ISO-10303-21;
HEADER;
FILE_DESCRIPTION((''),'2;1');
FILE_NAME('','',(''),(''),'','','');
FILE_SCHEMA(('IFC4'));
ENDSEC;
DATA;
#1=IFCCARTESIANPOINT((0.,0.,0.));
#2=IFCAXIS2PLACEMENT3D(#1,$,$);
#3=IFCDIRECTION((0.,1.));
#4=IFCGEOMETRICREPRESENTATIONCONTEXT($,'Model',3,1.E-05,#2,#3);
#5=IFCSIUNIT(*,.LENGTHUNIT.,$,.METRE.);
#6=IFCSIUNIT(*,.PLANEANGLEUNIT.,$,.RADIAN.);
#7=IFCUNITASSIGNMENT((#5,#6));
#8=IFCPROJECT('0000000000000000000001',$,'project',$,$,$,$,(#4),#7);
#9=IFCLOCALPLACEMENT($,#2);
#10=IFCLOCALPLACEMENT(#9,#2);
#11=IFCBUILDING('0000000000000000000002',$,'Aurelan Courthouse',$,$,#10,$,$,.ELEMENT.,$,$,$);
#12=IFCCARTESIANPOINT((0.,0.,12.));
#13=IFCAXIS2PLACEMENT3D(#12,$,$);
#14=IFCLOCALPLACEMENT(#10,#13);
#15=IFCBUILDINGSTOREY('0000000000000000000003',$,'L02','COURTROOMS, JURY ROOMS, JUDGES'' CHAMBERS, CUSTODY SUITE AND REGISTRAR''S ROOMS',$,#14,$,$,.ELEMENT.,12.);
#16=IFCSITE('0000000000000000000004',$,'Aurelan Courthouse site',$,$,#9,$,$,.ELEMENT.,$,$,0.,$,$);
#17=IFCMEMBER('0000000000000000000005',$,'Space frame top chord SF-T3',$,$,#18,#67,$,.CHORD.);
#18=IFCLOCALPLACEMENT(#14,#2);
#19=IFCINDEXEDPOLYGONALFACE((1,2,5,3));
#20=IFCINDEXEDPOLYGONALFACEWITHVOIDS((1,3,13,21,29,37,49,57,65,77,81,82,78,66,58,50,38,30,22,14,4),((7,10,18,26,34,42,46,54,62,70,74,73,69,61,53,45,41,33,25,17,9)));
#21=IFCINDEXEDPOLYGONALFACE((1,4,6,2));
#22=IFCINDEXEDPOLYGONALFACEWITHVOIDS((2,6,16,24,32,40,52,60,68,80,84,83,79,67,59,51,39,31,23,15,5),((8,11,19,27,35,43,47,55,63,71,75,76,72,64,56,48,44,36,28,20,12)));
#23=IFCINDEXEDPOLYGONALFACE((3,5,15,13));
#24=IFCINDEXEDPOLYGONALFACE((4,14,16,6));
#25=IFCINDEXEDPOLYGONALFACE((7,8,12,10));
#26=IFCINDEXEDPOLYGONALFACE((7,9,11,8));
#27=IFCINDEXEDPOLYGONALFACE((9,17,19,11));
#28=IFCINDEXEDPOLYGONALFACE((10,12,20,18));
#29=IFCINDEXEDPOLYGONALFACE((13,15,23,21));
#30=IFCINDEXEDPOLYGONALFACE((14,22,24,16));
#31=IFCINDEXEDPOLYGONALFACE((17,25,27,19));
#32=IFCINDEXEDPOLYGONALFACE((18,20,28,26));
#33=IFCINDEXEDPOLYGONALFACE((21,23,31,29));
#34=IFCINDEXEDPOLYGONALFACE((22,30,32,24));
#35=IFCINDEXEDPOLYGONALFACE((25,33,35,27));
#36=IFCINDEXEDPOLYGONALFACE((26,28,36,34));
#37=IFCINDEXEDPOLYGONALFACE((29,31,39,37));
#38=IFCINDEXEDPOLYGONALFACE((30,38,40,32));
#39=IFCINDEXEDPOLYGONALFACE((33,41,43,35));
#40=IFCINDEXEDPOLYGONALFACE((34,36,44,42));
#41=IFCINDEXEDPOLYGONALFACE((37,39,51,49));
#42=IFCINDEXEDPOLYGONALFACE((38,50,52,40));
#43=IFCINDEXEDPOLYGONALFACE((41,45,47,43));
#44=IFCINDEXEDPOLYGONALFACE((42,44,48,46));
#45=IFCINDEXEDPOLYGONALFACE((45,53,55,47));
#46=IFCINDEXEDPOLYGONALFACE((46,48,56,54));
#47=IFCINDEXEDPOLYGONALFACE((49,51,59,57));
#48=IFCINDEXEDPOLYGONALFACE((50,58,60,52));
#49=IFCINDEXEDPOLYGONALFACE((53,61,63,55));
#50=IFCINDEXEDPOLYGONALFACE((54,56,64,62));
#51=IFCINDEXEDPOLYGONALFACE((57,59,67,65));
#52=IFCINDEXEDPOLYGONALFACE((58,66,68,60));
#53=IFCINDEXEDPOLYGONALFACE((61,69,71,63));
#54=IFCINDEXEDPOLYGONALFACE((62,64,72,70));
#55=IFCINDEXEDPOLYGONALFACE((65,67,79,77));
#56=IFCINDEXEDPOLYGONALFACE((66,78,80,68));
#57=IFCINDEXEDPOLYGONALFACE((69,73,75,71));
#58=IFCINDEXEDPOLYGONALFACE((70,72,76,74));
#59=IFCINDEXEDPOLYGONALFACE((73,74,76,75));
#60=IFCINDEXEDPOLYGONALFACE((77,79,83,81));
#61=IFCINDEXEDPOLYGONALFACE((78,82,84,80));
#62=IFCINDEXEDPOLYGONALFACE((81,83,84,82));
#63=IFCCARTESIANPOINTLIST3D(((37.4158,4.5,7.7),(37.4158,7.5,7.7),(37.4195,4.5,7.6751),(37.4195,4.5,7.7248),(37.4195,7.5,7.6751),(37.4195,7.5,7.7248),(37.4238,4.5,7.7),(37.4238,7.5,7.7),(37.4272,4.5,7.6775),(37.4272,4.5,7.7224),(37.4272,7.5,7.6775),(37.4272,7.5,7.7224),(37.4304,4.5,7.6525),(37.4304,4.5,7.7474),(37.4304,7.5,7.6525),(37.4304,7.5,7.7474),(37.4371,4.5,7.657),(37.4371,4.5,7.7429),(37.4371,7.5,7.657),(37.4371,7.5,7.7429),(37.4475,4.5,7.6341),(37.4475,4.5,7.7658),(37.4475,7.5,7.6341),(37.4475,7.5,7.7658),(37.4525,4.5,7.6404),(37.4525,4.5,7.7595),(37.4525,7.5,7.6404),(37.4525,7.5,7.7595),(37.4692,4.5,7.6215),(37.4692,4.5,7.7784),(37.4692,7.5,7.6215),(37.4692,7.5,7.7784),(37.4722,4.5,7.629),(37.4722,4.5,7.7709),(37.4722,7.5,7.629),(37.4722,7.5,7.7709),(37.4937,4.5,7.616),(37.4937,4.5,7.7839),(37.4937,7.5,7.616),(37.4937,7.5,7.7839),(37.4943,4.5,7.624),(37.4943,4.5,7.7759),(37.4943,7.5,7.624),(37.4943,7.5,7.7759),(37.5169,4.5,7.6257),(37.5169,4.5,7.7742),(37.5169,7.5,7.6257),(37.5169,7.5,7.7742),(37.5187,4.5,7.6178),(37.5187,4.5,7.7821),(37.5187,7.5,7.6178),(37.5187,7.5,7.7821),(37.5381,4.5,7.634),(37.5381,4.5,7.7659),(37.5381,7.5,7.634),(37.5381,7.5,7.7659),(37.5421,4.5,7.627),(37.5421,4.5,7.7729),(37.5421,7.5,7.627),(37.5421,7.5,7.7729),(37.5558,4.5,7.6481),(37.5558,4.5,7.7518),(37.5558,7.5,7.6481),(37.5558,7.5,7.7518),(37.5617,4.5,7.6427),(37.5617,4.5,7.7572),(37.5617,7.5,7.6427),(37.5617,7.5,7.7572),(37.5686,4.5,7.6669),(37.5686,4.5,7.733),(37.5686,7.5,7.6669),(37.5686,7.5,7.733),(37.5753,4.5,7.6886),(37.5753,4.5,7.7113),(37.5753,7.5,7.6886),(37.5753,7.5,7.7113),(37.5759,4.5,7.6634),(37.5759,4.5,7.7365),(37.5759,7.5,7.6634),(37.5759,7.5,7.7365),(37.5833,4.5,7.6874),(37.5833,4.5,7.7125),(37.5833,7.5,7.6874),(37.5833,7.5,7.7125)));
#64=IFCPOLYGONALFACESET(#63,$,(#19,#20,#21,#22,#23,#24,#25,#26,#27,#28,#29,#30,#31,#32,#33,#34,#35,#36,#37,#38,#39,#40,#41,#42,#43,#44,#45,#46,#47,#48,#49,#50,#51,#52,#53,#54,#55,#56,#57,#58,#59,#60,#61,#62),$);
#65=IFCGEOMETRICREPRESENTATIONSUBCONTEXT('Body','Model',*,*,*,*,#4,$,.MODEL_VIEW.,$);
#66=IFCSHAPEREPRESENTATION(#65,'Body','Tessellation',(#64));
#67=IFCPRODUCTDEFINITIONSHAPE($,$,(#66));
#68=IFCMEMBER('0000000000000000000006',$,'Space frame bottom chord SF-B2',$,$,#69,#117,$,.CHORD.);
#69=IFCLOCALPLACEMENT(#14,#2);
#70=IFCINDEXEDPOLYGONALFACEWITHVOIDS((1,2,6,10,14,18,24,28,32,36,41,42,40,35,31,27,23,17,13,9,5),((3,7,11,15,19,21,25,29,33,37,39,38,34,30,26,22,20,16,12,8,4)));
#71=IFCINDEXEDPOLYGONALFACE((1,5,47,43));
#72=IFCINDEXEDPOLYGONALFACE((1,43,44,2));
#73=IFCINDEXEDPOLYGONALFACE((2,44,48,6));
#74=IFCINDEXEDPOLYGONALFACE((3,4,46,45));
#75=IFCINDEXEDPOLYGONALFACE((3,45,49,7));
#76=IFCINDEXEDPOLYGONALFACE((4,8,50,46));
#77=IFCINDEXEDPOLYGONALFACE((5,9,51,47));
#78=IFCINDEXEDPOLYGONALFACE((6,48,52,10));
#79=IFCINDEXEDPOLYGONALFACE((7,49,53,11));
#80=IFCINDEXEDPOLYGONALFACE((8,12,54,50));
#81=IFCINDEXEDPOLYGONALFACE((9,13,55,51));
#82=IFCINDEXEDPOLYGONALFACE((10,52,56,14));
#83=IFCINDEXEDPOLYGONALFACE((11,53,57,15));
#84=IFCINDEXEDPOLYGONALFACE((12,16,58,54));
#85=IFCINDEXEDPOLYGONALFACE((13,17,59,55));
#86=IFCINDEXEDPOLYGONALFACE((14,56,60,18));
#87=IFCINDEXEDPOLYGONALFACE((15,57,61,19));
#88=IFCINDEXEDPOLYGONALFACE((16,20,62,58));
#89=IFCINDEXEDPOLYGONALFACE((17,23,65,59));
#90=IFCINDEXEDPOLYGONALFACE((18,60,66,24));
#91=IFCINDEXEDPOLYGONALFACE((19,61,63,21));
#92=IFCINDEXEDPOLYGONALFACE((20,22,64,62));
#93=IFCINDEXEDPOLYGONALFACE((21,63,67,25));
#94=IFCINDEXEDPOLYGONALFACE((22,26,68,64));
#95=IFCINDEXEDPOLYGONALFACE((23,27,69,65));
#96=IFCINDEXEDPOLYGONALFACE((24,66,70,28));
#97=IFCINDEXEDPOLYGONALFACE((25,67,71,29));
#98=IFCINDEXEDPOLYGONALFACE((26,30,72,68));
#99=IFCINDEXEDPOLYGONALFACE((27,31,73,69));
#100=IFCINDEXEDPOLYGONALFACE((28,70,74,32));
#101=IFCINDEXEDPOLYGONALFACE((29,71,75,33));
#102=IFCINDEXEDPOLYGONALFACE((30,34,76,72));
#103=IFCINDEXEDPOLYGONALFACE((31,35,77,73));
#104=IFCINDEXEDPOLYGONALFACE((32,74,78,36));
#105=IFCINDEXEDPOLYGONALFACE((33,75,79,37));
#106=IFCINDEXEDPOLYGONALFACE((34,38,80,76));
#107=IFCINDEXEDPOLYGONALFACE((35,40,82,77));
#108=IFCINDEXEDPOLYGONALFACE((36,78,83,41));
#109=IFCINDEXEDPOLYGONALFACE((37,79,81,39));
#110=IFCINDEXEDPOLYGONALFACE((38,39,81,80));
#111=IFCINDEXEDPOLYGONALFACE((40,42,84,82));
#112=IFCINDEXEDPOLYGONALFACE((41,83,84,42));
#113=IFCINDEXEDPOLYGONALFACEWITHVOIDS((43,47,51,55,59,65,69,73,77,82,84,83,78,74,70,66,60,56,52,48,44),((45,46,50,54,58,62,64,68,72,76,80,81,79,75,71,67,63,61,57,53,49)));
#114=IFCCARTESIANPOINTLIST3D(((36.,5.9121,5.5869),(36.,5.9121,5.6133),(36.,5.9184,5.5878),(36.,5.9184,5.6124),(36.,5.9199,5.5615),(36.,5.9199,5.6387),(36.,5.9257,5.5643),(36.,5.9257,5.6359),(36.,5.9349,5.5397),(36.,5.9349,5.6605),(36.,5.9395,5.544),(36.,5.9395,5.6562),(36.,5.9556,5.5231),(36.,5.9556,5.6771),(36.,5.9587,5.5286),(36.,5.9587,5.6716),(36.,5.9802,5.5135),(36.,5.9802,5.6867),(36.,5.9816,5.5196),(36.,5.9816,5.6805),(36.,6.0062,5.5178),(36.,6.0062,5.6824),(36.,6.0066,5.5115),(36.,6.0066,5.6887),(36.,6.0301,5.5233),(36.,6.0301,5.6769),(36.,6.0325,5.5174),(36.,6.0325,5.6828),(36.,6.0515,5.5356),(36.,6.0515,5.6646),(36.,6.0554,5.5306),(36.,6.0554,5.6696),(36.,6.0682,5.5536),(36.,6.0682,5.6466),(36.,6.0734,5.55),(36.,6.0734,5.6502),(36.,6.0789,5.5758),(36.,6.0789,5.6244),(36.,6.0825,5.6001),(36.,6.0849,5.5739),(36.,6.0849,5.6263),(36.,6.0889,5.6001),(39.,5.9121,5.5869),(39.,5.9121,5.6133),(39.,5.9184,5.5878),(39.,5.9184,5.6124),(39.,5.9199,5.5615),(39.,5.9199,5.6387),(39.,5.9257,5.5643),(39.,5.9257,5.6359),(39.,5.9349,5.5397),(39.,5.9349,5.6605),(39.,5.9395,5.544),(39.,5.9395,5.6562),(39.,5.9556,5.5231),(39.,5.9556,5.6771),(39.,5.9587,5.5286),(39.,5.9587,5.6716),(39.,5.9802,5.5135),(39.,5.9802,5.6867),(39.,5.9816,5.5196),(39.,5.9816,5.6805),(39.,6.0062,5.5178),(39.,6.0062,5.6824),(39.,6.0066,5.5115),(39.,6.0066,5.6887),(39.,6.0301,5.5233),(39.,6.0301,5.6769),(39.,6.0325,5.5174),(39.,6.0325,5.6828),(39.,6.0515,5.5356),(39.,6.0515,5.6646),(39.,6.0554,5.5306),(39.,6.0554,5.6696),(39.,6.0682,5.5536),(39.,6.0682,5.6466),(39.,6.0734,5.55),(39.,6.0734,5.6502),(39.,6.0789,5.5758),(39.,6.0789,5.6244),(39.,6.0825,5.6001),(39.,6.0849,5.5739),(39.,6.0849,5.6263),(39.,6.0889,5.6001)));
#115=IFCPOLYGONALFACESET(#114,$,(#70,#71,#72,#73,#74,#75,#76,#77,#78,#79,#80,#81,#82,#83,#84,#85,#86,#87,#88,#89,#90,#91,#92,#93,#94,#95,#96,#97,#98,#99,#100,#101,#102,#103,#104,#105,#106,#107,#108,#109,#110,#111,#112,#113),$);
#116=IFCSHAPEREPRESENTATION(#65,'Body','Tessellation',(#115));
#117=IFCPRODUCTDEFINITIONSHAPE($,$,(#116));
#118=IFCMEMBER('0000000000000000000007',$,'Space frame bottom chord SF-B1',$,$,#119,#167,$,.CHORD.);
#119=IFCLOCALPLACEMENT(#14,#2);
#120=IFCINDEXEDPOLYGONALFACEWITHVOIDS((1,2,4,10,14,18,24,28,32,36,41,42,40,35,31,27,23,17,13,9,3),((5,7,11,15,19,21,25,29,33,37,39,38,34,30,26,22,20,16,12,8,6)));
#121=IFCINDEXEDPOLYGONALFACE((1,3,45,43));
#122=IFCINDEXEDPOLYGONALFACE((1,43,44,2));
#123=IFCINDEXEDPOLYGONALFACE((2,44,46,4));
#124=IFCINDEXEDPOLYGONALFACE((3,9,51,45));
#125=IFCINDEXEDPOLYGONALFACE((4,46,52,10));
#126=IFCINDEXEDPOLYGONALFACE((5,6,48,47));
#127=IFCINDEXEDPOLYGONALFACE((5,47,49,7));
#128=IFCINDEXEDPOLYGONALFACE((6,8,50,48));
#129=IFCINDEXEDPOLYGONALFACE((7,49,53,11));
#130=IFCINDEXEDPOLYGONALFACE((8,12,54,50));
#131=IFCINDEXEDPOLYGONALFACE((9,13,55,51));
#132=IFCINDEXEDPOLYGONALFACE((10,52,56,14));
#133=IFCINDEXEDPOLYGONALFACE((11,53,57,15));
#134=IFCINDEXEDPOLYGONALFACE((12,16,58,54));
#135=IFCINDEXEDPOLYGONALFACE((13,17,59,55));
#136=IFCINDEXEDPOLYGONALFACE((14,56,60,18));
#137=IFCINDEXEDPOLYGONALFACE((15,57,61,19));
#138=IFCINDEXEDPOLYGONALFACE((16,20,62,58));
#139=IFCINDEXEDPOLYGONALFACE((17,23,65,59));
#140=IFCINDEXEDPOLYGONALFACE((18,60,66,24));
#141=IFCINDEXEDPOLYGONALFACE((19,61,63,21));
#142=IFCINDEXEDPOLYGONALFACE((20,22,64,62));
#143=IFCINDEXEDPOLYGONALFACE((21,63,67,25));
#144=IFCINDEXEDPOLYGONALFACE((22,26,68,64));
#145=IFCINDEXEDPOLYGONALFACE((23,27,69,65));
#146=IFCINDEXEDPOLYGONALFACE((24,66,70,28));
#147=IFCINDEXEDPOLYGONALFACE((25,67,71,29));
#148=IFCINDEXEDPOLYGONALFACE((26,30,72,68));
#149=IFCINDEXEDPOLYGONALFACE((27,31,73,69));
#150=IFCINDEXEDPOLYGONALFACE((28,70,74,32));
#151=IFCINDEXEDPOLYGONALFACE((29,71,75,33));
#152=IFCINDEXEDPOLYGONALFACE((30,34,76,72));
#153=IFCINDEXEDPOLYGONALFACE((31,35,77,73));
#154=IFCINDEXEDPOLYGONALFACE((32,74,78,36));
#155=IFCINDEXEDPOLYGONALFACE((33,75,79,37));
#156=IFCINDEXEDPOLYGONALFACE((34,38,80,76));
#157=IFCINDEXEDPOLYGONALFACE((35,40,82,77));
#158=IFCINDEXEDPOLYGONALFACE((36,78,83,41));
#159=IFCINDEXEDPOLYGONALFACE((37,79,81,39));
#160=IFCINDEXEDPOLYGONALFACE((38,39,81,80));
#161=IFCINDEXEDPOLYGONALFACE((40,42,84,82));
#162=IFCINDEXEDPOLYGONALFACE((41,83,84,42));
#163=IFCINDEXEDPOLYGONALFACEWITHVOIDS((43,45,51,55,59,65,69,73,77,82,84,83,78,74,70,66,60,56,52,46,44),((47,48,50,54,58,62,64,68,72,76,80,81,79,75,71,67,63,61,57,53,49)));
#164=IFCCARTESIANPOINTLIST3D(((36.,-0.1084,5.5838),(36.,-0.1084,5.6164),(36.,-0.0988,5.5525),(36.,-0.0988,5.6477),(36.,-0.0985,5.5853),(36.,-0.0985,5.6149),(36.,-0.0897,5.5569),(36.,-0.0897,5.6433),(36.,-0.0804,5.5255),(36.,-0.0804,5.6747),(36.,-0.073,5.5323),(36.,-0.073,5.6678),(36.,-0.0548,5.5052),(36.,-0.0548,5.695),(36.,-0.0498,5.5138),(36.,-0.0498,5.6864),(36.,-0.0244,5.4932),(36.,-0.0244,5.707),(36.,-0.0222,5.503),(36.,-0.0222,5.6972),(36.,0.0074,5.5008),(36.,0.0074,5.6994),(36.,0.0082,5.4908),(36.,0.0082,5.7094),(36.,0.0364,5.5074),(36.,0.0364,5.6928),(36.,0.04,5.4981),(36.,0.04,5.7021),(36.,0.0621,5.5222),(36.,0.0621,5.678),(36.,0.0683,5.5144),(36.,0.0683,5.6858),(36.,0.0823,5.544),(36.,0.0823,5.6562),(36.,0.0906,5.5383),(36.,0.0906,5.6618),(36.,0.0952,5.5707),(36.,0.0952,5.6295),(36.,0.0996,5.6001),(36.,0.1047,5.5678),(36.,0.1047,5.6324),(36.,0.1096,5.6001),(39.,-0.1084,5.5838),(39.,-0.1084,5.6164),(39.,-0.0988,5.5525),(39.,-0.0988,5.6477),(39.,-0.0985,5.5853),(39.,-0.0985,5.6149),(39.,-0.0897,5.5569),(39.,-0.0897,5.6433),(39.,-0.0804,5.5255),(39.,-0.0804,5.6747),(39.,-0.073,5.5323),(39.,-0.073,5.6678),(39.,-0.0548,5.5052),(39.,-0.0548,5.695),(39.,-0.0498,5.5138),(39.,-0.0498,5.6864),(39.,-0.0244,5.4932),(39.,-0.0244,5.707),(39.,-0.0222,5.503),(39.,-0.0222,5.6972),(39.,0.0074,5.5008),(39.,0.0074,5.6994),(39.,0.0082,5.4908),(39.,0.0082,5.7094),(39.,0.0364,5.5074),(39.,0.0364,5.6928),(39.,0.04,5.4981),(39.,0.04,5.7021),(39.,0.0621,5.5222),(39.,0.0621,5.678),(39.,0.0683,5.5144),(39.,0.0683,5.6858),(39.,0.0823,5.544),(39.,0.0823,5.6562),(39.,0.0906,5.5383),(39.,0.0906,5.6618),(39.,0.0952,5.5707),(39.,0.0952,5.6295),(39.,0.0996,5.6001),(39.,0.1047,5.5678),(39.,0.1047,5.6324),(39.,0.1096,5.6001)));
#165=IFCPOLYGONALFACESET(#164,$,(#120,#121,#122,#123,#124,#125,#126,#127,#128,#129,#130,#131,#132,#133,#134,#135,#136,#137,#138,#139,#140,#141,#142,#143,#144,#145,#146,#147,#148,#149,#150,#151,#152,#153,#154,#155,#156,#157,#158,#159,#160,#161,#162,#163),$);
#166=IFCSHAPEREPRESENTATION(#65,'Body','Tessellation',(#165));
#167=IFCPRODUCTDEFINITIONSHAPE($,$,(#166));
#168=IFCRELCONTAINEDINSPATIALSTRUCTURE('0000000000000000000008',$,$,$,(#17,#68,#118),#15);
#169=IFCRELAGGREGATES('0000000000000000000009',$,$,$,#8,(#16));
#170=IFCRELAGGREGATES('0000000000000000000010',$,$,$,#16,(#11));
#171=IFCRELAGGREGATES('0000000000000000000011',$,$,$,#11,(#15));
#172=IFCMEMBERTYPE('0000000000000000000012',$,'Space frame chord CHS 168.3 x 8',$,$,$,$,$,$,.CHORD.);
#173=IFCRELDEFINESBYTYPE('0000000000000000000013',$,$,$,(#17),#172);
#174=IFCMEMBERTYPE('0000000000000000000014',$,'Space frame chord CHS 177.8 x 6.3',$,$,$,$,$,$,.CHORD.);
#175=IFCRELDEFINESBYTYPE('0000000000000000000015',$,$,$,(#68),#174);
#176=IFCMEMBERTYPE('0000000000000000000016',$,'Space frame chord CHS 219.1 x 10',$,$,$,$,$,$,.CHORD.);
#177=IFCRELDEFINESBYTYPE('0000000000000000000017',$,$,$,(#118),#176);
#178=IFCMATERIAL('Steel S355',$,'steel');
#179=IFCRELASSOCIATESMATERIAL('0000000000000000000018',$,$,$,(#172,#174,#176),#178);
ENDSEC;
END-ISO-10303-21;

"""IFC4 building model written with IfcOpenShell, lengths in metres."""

from ifc_helpers import new_model, si_unit, direction, frame, origin, origin_2d, place, context, subcontext, project, spatial, hollow_circle, extrude, material, material_profile, profile_set, type_object, element, save


model = new_model("IFC4")

# Units and contexts
model_context = context("Model", 3, precision=1e-05, world=origin(), true_north=direction((0.0, 1.0)))
body_context = subcontext(model_context, "Body", "Model", "MODEL_VIEW")
ifc_project = project(units=[si_unit("LENGTHUNIT", "METRE"), si_unit("PLANEANGLEUNIT", "RADIAN")], contexts=[model_context])

# Site, building, storey
site_placement = place(None, origin())
site = spatial("IfcSite", under=ifc_project, at=site_placement, Name="Aurelan Courthouse site", CompositionType="ELEMENT", RefElevation=0.0)
building_placement = place(site_placement, origin())
building = spatial("IfcBuilding", under=site, at=building_placement, Name="Aurelan Courthouse", CompositionType="ELEMENT")
storey_placement = place(building_placement, frame((0.0, 0.0, 12.0)))
storey = spatial("IfcBuildingStorey", under=building, at=storey_placement, Name="L02", Description="COURTROOMS, JURY ROOMS, JUDGES' CHAMBERS, CUSTODY SUITE AND REGISTRAR'S ROOMS", CompositionType="ELEMENT", Elevation=12.0)

# Shared definitions
ifc_material_1 = material(Name="Steel S355", Category="steel")

# Members
ifc_material_profile_1 = material_profile(ifc_material_1, hollow_circle(Radius=0.0842, WallThickness=0.0081, at=origin_2d()), Name="CHS 168.3 x 8")
ifc_profile_set_1 = profile_set([ifc_material_profile_1], Name="Steel S355")
member_type_1 = type_object("IfcMemberType", Name="Space frame chord CHS 168.3 x 8", PredefinedType="CHORD", material=ifc_profile_set_1)
for number, where, z_axis, x_axis, name in (
    (1, (37.5, 4.5, 7.7), (0.0, 1.0, 0.0), (-1.0, 0.0, 0.0), "Space frame top chord SF-T3"),
):
    element("IfcMember", number, at=place(storey_placement, frame(where, z_axis=z_axis, x_axis=x_axis)), inside=storey, type_object=member_type_1, Name=name, PredefinedType="CHORD", context=body_context, shape_type="SweptSolid", body=[
        extrude(hollow_circle(Radius=0.0842, WallThickness=0.0081, at=origin_2d()), origin(), (0.0, 0.0, 1.0), 3.0),
    ])
ifc_material_profile_2 = material_profile(ifc_material_1, hollow_circle(Radius=0.0889, WallThickness=0.0063, at=origin_2d()), Name="CHS 177.8 x 6.3")
ifc_profile_set_2 = profile_set([ifc_material_profile_2], Name="Steel S355")
member_type_2 = type_object("IfcMemberType", Name="Space frame chord CHS 177.8 x 6.3", PredefinedType="CHORD", material=ifc_profile_set_2)
member_1_placement = place(storey_placement, frame((36.0, 6.0, 5.6001), z_axis=(1.0, 0.0, 0.0), x_axis=(0.0, 1.0, 0.0)))
element("IfcMember", 2, at=member_1_placement, inside=storey, type_object=member_type_2, Name="Space frame bottom chord SF-B2", PredefinedType="CHORD", context=body_context, shape_type="SweptSolid", body=[
    extrude(hollow_circle(Radius=0.0889, WallThickness=0.0063, at=origin_2d()), origin(), (0.0, 0.0, 1.0), 3.0),
])
ifc_material_profile_3 = material_profile(ifc_material_1, hollow_circle(Radius=0.1096, WallThickness=0.01, at=origin_2d()), Name="CHS 219.1 x 10")
ifc_profile_set_3 = profile_set([ifc_material_profile_3], Name="Steel S355")
member_type_3 = type_object("IfcMemberType", Name="Space frame chord CHS 219.1 x 10", PredefinedType="CHORD", material=ifc_profile_set_3)
for number, where, z_axis, x_axis, name in (
    (3, (36.0, 0.0, 5.6001), (1.0, 0.0, 0.0), (0.0, 1.0, 0.0), "Space frame bottom chord SF-B1"),
):
    element("IfcMember", number, at=place(storey_placement, frame(where, z_axis=z_axis, x_axis=x_axis)), inside=storey, type_object=member_type_3, Name=name, PredefinedType="CHORD", context=body_context, shape_type="SweptSolid", body=[
        extrude(hollow_circle(Radius=0.1096, WallThickness=0.01, at=origin_2d()), origin(), (0.0, 0.0, 1.0), 3.0),
    ])

save(model, "model.ifc")
